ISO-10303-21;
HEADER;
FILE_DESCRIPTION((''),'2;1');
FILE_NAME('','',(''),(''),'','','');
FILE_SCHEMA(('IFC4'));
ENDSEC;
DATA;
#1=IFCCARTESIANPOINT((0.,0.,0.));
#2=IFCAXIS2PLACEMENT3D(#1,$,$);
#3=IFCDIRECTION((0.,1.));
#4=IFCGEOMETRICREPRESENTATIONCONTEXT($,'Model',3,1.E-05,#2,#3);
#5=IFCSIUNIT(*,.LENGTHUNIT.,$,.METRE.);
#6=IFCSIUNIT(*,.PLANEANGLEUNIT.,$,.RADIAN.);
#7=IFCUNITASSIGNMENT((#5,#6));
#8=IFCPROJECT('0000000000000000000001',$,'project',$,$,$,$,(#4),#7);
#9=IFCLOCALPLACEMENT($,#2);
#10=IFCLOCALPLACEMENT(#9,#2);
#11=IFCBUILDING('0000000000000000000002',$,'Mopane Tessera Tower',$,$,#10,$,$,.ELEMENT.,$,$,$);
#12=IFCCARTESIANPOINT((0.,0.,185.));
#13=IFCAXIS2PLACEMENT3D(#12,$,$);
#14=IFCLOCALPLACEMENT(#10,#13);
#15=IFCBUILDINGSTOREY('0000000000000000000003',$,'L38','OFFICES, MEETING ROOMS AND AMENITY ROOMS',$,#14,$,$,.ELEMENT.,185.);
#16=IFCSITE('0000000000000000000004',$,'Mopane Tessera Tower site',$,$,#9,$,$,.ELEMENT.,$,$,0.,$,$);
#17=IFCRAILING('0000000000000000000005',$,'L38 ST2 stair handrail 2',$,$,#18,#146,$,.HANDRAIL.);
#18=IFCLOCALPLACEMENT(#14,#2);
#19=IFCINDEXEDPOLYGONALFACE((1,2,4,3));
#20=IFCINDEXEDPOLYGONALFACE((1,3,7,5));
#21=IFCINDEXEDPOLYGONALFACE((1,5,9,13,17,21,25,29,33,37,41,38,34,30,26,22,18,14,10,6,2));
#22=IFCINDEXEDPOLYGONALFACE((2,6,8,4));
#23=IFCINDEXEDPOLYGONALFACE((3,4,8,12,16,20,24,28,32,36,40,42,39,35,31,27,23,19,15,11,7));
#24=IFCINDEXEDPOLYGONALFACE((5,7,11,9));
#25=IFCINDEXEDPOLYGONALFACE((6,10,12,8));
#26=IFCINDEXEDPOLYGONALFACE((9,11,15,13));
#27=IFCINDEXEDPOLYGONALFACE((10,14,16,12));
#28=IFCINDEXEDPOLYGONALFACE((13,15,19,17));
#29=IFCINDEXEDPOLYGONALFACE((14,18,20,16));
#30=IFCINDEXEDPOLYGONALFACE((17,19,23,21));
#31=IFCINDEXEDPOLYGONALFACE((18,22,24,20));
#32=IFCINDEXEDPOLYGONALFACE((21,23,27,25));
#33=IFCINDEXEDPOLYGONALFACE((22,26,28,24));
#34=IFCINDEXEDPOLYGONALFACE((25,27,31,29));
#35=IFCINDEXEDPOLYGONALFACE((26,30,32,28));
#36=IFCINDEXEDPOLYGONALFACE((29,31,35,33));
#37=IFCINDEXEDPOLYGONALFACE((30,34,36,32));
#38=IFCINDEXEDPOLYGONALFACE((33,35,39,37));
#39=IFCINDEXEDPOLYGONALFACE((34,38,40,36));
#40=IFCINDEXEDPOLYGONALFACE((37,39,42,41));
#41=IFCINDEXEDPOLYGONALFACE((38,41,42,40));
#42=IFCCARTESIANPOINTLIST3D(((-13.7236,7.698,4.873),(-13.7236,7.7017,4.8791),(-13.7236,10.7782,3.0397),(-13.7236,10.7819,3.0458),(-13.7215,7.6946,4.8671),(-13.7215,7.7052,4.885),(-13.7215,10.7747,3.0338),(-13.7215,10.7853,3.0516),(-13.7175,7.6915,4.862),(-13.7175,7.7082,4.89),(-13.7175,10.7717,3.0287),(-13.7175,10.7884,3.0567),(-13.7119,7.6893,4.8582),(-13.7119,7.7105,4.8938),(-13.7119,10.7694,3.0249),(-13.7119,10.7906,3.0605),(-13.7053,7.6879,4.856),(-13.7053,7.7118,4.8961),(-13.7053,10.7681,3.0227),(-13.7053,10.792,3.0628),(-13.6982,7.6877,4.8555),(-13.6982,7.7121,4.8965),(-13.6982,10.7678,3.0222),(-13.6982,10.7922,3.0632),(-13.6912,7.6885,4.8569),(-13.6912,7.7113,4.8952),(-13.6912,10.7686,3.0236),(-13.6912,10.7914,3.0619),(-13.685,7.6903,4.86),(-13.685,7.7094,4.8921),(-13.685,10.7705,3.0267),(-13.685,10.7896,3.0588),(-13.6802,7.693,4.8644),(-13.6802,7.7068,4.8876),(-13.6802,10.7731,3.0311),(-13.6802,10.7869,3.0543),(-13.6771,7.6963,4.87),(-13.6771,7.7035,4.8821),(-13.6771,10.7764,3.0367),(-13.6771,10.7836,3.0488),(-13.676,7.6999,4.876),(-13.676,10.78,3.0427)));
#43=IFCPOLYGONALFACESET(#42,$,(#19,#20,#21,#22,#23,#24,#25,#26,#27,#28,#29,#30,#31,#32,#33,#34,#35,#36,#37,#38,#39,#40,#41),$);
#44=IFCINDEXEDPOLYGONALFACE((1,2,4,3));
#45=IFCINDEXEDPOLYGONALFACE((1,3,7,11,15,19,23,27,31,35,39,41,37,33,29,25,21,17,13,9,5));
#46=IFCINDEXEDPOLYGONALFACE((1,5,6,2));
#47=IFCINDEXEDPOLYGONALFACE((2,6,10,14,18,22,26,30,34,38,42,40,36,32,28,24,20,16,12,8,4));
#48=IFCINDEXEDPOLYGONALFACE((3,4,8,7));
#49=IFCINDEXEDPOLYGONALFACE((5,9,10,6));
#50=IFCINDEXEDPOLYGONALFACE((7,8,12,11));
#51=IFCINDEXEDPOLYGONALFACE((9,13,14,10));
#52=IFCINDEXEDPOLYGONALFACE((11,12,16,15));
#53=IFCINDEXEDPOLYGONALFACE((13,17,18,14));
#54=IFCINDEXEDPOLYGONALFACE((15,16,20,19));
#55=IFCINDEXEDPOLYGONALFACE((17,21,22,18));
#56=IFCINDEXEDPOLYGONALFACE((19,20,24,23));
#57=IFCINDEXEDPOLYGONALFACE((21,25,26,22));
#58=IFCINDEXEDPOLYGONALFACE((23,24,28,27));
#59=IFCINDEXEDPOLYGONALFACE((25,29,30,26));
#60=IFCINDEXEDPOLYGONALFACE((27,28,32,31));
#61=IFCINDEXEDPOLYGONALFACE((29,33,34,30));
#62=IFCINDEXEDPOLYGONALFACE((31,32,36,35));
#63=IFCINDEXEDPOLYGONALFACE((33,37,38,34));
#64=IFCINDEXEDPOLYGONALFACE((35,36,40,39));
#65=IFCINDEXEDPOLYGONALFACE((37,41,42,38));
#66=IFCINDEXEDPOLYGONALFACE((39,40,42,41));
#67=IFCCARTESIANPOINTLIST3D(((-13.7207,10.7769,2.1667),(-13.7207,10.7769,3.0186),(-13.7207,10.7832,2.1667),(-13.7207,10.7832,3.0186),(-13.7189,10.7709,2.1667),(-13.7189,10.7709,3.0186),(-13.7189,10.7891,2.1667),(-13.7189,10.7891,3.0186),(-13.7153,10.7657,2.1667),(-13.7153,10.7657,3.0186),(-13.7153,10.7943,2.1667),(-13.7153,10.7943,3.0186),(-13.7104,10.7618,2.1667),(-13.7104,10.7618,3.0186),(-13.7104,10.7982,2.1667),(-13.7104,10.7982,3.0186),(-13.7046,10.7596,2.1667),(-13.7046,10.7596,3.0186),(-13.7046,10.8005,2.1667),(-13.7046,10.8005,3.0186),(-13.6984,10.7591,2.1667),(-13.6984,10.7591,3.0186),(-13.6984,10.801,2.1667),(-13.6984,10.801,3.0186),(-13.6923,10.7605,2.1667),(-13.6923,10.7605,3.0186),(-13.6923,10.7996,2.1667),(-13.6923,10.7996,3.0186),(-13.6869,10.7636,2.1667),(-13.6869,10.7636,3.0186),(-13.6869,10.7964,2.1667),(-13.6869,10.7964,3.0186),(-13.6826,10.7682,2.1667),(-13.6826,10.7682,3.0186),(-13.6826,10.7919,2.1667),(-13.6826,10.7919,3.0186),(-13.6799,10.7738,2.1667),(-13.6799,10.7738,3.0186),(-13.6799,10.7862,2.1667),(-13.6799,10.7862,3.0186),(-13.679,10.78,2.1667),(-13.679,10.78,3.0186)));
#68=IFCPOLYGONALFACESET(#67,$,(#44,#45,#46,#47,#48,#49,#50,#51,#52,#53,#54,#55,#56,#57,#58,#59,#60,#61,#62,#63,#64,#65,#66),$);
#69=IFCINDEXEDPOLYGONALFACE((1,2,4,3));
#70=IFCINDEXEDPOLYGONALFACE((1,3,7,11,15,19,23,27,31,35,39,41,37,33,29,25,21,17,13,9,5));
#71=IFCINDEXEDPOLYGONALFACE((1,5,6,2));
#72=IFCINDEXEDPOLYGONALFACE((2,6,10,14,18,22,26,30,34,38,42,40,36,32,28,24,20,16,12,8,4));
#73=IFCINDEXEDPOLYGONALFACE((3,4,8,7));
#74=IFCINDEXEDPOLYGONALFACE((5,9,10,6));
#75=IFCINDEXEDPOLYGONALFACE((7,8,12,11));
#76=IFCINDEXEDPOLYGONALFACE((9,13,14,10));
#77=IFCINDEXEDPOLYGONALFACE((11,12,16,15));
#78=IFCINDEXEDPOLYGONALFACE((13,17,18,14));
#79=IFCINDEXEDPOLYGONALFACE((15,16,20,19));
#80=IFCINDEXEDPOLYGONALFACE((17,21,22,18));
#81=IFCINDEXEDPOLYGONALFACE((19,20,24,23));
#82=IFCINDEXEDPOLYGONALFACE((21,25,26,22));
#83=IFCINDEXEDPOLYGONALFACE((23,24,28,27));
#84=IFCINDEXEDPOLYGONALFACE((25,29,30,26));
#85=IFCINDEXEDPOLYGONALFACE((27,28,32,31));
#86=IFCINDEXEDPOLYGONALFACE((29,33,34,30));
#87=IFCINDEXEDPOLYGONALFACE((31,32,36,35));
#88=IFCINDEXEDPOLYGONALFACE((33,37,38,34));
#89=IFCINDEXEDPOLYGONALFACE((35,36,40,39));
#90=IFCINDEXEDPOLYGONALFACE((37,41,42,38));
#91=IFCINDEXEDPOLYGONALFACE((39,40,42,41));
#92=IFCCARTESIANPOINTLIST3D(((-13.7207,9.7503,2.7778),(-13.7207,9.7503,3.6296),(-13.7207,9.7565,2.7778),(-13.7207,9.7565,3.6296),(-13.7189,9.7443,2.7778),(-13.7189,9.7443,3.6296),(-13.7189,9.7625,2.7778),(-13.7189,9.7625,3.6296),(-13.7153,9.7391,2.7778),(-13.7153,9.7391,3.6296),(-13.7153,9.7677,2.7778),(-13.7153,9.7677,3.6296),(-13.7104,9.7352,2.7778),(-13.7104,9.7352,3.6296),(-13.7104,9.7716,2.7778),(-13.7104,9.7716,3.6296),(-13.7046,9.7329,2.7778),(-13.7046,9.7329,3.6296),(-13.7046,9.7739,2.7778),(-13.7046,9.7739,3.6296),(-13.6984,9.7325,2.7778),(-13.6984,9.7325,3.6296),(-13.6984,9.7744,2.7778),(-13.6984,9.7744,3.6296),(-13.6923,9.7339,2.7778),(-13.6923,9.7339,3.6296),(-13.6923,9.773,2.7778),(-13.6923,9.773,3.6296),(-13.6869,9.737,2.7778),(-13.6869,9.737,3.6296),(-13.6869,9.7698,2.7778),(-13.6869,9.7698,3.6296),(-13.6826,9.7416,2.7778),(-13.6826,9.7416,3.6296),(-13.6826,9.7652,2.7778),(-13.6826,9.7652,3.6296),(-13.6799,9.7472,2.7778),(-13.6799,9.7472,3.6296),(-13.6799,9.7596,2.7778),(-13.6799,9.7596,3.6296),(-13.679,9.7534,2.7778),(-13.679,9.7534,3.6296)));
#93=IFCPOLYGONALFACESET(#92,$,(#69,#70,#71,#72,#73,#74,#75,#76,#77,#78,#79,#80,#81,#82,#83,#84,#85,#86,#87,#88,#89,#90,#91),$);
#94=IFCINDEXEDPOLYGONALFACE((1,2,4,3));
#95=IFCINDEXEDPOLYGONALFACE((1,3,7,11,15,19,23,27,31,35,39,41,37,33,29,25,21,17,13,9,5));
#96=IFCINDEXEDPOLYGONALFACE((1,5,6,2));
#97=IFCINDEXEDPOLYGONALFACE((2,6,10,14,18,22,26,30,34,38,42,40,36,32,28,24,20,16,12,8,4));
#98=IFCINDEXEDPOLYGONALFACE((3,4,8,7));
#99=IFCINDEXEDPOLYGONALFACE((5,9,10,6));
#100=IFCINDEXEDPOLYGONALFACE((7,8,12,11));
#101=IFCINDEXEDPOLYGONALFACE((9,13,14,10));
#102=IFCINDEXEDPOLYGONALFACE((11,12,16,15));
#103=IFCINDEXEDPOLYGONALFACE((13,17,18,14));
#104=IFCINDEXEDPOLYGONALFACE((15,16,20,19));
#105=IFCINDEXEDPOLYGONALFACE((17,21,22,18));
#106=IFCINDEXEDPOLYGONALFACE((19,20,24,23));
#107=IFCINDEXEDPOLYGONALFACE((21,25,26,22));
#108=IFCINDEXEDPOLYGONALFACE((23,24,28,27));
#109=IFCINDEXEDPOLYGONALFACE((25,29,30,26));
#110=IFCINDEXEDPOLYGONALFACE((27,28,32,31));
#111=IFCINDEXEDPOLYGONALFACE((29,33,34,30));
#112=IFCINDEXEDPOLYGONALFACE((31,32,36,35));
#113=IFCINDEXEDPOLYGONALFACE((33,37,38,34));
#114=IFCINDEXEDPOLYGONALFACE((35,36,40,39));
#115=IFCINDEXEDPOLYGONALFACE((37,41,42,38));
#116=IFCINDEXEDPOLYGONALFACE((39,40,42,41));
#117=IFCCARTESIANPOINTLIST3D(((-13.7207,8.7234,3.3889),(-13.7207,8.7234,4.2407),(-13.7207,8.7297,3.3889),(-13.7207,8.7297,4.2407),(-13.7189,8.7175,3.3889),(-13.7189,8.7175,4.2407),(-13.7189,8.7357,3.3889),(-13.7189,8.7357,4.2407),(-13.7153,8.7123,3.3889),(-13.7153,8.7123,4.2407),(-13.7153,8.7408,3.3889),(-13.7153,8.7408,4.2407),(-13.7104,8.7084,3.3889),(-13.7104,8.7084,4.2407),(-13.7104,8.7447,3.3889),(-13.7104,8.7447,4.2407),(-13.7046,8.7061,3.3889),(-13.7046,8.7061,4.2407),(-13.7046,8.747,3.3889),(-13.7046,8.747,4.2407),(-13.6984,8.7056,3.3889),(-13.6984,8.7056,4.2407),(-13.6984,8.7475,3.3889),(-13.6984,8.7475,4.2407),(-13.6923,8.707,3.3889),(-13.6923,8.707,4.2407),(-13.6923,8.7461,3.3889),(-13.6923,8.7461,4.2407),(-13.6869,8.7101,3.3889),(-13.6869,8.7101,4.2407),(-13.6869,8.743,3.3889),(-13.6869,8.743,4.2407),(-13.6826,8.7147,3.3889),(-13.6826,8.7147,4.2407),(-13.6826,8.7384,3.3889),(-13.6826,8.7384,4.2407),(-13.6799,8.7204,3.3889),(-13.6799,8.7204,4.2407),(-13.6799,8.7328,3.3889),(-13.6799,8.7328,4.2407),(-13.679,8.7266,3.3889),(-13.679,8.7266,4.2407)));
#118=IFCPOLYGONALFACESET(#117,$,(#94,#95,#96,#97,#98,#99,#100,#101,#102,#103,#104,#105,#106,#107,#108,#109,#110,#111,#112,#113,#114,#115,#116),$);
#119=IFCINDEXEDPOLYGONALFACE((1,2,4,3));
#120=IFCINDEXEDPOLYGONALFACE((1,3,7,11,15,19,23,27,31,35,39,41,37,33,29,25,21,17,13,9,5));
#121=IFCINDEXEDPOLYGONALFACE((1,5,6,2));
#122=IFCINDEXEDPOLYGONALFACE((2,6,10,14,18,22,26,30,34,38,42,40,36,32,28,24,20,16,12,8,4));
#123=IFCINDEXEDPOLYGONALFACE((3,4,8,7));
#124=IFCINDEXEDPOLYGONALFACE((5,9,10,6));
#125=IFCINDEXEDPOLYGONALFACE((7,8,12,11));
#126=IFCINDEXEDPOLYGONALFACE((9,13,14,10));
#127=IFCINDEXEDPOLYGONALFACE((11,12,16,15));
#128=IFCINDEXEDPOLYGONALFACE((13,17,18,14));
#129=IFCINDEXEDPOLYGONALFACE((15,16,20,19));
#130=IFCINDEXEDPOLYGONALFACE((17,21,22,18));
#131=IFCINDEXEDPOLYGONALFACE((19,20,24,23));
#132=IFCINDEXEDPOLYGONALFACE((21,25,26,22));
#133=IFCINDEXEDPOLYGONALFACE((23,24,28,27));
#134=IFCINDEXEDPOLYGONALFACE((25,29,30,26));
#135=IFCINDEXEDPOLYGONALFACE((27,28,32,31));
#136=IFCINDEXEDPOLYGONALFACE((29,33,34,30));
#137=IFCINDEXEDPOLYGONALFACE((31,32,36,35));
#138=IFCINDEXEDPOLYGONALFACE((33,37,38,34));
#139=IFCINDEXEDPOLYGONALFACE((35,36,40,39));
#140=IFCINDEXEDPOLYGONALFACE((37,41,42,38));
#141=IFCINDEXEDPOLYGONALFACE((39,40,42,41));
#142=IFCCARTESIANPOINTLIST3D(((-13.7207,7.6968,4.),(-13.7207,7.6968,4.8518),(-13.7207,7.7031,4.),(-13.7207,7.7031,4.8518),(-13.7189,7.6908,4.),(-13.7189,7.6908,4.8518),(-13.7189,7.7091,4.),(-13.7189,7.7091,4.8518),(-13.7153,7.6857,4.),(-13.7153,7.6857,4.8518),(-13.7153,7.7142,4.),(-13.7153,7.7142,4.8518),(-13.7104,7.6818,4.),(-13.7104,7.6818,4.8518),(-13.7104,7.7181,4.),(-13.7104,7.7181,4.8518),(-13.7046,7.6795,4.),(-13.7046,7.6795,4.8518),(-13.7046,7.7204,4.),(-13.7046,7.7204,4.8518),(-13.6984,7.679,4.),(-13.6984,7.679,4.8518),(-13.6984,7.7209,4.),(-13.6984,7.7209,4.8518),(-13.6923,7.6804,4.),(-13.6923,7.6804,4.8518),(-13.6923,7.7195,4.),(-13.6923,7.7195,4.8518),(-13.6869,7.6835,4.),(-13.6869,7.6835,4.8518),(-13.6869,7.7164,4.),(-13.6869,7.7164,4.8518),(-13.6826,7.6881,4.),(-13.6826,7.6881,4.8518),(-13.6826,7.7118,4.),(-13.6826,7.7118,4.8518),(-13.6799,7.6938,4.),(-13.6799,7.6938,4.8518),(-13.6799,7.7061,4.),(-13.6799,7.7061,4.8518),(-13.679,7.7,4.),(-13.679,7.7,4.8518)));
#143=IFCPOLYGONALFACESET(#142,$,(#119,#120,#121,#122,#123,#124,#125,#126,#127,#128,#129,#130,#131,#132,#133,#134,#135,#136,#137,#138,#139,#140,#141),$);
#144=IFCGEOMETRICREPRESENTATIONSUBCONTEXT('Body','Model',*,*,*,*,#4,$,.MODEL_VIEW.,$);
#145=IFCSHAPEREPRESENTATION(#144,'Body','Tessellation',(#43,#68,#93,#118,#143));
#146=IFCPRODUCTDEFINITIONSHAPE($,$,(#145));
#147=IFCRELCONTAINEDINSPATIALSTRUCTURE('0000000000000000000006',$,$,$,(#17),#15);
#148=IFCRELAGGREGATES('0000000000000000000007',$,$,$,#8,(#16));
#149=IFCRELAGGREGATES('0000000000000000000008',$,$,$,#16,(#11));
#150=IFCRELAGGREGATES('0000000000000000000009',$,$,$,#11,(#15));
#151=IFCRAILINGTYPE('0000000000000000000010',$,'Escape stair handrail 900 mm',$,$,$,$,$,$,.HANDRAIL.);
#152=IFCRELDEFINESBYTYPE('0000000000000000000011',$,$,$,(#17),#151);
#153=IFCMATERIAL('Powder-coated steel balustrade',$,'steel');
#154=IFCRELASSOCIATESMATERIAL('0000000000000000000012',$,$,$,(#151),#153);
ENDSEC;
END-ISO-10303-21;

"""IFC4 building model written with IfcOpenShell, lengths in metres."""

from ifc_helpers import new_model, si_unit, direction, frame, origin, origin_2d, place, context, subcontext, project, spatial, circle, extrude, material, type_object, element, save


model = new_model("IFC4")

# Units and contexts
model_context = context("Model", 3, precision=1e-05, world=origin(), true_north=direction((0.0, 1.0)))
body_context = subcontext(model_context, "Body", "Model", "MODEL_VIEW")
ifc_project = project(units=[si_unit("LENGTHUNIT", "METRE"), si_unit("PLANEANGLEUNIT", "RADIAN")], contexts=[model_context])

# Site, building, storey
site_placement = place(None, origin())
site = spatial("IfcSite", under=ifc_project, at=site_placement, Name="Mopane Tessera Tower site", CompositionType="ELEMENT", RefElevation=0.0)
building_placement = place(site_placement, origin())
building = spatial("IfcBuilding", under=site, at=building_placement, Name="Mopane Tessera Tower", CompositionType="ELEMENT")
storey_placement = place(building_placement, frame((0.0, 0.0, 185.0)))
storey = spatial("IfcBuildingStorey", under=building, at=storey_placement, Name="L38", Description="OFFICES, MEETING ROOMS AND AMENITY ROOMS", CompositionType="ELEMENT", Elevation=185.0)

# Railing
ifc_material_1 = material(Name="Powder-coated steel balustrade", Category="steel")
railing_type = type_object("IfcRailingType", Name="Escape stair handrail 900 mm", PredefinedType="HANDRAIL", material=ifc_material_1)
railing_placement = place(storey_placement, frame((-13.7, 10.78, 2.1667)))
element("IfcRailing", 1, at=railing_placement, inside=storey, type_object=railing_type, Name="L38 ST2 stair handrail 2", PredefinedType="HANDRAIL", context=body_context, shape_type="SweptSolid", body=[
    extrude(circle(Radius=0.0239, at=origin_2d()), frame((0.0, 0.0, 0.876), z_axis=(0.0, -0.859309, 0.511458), x_axis=(1.0, 0.0, 0.0)), (0.0, 0.0, 1.0), 3.5845),
    extrude(circle(Radius=0.021, at=origin_2d()), origin(), (0.0, 0.0, 1.0), 0.8518),
    extrude(circle(Radius=0.021, at=origin_2d()), frame((0.0, -1.0266, 0.6111)), (0.0, 0.0, 1.0), 0.8518),
    extrude(circle(Radius=0.021, at=origin_2d()), frame((0.0, -2.0535, 1.2222)), (0.0, 0.0, 1.0), 0.8518),
    extrude(circle(Radius=0.021, at=origin_2d()), frame((0.0, -3.0801, 1.8333)), (0.0, 0.0, 1.0), 0.8518),
])

save(model, "model.ifc")
